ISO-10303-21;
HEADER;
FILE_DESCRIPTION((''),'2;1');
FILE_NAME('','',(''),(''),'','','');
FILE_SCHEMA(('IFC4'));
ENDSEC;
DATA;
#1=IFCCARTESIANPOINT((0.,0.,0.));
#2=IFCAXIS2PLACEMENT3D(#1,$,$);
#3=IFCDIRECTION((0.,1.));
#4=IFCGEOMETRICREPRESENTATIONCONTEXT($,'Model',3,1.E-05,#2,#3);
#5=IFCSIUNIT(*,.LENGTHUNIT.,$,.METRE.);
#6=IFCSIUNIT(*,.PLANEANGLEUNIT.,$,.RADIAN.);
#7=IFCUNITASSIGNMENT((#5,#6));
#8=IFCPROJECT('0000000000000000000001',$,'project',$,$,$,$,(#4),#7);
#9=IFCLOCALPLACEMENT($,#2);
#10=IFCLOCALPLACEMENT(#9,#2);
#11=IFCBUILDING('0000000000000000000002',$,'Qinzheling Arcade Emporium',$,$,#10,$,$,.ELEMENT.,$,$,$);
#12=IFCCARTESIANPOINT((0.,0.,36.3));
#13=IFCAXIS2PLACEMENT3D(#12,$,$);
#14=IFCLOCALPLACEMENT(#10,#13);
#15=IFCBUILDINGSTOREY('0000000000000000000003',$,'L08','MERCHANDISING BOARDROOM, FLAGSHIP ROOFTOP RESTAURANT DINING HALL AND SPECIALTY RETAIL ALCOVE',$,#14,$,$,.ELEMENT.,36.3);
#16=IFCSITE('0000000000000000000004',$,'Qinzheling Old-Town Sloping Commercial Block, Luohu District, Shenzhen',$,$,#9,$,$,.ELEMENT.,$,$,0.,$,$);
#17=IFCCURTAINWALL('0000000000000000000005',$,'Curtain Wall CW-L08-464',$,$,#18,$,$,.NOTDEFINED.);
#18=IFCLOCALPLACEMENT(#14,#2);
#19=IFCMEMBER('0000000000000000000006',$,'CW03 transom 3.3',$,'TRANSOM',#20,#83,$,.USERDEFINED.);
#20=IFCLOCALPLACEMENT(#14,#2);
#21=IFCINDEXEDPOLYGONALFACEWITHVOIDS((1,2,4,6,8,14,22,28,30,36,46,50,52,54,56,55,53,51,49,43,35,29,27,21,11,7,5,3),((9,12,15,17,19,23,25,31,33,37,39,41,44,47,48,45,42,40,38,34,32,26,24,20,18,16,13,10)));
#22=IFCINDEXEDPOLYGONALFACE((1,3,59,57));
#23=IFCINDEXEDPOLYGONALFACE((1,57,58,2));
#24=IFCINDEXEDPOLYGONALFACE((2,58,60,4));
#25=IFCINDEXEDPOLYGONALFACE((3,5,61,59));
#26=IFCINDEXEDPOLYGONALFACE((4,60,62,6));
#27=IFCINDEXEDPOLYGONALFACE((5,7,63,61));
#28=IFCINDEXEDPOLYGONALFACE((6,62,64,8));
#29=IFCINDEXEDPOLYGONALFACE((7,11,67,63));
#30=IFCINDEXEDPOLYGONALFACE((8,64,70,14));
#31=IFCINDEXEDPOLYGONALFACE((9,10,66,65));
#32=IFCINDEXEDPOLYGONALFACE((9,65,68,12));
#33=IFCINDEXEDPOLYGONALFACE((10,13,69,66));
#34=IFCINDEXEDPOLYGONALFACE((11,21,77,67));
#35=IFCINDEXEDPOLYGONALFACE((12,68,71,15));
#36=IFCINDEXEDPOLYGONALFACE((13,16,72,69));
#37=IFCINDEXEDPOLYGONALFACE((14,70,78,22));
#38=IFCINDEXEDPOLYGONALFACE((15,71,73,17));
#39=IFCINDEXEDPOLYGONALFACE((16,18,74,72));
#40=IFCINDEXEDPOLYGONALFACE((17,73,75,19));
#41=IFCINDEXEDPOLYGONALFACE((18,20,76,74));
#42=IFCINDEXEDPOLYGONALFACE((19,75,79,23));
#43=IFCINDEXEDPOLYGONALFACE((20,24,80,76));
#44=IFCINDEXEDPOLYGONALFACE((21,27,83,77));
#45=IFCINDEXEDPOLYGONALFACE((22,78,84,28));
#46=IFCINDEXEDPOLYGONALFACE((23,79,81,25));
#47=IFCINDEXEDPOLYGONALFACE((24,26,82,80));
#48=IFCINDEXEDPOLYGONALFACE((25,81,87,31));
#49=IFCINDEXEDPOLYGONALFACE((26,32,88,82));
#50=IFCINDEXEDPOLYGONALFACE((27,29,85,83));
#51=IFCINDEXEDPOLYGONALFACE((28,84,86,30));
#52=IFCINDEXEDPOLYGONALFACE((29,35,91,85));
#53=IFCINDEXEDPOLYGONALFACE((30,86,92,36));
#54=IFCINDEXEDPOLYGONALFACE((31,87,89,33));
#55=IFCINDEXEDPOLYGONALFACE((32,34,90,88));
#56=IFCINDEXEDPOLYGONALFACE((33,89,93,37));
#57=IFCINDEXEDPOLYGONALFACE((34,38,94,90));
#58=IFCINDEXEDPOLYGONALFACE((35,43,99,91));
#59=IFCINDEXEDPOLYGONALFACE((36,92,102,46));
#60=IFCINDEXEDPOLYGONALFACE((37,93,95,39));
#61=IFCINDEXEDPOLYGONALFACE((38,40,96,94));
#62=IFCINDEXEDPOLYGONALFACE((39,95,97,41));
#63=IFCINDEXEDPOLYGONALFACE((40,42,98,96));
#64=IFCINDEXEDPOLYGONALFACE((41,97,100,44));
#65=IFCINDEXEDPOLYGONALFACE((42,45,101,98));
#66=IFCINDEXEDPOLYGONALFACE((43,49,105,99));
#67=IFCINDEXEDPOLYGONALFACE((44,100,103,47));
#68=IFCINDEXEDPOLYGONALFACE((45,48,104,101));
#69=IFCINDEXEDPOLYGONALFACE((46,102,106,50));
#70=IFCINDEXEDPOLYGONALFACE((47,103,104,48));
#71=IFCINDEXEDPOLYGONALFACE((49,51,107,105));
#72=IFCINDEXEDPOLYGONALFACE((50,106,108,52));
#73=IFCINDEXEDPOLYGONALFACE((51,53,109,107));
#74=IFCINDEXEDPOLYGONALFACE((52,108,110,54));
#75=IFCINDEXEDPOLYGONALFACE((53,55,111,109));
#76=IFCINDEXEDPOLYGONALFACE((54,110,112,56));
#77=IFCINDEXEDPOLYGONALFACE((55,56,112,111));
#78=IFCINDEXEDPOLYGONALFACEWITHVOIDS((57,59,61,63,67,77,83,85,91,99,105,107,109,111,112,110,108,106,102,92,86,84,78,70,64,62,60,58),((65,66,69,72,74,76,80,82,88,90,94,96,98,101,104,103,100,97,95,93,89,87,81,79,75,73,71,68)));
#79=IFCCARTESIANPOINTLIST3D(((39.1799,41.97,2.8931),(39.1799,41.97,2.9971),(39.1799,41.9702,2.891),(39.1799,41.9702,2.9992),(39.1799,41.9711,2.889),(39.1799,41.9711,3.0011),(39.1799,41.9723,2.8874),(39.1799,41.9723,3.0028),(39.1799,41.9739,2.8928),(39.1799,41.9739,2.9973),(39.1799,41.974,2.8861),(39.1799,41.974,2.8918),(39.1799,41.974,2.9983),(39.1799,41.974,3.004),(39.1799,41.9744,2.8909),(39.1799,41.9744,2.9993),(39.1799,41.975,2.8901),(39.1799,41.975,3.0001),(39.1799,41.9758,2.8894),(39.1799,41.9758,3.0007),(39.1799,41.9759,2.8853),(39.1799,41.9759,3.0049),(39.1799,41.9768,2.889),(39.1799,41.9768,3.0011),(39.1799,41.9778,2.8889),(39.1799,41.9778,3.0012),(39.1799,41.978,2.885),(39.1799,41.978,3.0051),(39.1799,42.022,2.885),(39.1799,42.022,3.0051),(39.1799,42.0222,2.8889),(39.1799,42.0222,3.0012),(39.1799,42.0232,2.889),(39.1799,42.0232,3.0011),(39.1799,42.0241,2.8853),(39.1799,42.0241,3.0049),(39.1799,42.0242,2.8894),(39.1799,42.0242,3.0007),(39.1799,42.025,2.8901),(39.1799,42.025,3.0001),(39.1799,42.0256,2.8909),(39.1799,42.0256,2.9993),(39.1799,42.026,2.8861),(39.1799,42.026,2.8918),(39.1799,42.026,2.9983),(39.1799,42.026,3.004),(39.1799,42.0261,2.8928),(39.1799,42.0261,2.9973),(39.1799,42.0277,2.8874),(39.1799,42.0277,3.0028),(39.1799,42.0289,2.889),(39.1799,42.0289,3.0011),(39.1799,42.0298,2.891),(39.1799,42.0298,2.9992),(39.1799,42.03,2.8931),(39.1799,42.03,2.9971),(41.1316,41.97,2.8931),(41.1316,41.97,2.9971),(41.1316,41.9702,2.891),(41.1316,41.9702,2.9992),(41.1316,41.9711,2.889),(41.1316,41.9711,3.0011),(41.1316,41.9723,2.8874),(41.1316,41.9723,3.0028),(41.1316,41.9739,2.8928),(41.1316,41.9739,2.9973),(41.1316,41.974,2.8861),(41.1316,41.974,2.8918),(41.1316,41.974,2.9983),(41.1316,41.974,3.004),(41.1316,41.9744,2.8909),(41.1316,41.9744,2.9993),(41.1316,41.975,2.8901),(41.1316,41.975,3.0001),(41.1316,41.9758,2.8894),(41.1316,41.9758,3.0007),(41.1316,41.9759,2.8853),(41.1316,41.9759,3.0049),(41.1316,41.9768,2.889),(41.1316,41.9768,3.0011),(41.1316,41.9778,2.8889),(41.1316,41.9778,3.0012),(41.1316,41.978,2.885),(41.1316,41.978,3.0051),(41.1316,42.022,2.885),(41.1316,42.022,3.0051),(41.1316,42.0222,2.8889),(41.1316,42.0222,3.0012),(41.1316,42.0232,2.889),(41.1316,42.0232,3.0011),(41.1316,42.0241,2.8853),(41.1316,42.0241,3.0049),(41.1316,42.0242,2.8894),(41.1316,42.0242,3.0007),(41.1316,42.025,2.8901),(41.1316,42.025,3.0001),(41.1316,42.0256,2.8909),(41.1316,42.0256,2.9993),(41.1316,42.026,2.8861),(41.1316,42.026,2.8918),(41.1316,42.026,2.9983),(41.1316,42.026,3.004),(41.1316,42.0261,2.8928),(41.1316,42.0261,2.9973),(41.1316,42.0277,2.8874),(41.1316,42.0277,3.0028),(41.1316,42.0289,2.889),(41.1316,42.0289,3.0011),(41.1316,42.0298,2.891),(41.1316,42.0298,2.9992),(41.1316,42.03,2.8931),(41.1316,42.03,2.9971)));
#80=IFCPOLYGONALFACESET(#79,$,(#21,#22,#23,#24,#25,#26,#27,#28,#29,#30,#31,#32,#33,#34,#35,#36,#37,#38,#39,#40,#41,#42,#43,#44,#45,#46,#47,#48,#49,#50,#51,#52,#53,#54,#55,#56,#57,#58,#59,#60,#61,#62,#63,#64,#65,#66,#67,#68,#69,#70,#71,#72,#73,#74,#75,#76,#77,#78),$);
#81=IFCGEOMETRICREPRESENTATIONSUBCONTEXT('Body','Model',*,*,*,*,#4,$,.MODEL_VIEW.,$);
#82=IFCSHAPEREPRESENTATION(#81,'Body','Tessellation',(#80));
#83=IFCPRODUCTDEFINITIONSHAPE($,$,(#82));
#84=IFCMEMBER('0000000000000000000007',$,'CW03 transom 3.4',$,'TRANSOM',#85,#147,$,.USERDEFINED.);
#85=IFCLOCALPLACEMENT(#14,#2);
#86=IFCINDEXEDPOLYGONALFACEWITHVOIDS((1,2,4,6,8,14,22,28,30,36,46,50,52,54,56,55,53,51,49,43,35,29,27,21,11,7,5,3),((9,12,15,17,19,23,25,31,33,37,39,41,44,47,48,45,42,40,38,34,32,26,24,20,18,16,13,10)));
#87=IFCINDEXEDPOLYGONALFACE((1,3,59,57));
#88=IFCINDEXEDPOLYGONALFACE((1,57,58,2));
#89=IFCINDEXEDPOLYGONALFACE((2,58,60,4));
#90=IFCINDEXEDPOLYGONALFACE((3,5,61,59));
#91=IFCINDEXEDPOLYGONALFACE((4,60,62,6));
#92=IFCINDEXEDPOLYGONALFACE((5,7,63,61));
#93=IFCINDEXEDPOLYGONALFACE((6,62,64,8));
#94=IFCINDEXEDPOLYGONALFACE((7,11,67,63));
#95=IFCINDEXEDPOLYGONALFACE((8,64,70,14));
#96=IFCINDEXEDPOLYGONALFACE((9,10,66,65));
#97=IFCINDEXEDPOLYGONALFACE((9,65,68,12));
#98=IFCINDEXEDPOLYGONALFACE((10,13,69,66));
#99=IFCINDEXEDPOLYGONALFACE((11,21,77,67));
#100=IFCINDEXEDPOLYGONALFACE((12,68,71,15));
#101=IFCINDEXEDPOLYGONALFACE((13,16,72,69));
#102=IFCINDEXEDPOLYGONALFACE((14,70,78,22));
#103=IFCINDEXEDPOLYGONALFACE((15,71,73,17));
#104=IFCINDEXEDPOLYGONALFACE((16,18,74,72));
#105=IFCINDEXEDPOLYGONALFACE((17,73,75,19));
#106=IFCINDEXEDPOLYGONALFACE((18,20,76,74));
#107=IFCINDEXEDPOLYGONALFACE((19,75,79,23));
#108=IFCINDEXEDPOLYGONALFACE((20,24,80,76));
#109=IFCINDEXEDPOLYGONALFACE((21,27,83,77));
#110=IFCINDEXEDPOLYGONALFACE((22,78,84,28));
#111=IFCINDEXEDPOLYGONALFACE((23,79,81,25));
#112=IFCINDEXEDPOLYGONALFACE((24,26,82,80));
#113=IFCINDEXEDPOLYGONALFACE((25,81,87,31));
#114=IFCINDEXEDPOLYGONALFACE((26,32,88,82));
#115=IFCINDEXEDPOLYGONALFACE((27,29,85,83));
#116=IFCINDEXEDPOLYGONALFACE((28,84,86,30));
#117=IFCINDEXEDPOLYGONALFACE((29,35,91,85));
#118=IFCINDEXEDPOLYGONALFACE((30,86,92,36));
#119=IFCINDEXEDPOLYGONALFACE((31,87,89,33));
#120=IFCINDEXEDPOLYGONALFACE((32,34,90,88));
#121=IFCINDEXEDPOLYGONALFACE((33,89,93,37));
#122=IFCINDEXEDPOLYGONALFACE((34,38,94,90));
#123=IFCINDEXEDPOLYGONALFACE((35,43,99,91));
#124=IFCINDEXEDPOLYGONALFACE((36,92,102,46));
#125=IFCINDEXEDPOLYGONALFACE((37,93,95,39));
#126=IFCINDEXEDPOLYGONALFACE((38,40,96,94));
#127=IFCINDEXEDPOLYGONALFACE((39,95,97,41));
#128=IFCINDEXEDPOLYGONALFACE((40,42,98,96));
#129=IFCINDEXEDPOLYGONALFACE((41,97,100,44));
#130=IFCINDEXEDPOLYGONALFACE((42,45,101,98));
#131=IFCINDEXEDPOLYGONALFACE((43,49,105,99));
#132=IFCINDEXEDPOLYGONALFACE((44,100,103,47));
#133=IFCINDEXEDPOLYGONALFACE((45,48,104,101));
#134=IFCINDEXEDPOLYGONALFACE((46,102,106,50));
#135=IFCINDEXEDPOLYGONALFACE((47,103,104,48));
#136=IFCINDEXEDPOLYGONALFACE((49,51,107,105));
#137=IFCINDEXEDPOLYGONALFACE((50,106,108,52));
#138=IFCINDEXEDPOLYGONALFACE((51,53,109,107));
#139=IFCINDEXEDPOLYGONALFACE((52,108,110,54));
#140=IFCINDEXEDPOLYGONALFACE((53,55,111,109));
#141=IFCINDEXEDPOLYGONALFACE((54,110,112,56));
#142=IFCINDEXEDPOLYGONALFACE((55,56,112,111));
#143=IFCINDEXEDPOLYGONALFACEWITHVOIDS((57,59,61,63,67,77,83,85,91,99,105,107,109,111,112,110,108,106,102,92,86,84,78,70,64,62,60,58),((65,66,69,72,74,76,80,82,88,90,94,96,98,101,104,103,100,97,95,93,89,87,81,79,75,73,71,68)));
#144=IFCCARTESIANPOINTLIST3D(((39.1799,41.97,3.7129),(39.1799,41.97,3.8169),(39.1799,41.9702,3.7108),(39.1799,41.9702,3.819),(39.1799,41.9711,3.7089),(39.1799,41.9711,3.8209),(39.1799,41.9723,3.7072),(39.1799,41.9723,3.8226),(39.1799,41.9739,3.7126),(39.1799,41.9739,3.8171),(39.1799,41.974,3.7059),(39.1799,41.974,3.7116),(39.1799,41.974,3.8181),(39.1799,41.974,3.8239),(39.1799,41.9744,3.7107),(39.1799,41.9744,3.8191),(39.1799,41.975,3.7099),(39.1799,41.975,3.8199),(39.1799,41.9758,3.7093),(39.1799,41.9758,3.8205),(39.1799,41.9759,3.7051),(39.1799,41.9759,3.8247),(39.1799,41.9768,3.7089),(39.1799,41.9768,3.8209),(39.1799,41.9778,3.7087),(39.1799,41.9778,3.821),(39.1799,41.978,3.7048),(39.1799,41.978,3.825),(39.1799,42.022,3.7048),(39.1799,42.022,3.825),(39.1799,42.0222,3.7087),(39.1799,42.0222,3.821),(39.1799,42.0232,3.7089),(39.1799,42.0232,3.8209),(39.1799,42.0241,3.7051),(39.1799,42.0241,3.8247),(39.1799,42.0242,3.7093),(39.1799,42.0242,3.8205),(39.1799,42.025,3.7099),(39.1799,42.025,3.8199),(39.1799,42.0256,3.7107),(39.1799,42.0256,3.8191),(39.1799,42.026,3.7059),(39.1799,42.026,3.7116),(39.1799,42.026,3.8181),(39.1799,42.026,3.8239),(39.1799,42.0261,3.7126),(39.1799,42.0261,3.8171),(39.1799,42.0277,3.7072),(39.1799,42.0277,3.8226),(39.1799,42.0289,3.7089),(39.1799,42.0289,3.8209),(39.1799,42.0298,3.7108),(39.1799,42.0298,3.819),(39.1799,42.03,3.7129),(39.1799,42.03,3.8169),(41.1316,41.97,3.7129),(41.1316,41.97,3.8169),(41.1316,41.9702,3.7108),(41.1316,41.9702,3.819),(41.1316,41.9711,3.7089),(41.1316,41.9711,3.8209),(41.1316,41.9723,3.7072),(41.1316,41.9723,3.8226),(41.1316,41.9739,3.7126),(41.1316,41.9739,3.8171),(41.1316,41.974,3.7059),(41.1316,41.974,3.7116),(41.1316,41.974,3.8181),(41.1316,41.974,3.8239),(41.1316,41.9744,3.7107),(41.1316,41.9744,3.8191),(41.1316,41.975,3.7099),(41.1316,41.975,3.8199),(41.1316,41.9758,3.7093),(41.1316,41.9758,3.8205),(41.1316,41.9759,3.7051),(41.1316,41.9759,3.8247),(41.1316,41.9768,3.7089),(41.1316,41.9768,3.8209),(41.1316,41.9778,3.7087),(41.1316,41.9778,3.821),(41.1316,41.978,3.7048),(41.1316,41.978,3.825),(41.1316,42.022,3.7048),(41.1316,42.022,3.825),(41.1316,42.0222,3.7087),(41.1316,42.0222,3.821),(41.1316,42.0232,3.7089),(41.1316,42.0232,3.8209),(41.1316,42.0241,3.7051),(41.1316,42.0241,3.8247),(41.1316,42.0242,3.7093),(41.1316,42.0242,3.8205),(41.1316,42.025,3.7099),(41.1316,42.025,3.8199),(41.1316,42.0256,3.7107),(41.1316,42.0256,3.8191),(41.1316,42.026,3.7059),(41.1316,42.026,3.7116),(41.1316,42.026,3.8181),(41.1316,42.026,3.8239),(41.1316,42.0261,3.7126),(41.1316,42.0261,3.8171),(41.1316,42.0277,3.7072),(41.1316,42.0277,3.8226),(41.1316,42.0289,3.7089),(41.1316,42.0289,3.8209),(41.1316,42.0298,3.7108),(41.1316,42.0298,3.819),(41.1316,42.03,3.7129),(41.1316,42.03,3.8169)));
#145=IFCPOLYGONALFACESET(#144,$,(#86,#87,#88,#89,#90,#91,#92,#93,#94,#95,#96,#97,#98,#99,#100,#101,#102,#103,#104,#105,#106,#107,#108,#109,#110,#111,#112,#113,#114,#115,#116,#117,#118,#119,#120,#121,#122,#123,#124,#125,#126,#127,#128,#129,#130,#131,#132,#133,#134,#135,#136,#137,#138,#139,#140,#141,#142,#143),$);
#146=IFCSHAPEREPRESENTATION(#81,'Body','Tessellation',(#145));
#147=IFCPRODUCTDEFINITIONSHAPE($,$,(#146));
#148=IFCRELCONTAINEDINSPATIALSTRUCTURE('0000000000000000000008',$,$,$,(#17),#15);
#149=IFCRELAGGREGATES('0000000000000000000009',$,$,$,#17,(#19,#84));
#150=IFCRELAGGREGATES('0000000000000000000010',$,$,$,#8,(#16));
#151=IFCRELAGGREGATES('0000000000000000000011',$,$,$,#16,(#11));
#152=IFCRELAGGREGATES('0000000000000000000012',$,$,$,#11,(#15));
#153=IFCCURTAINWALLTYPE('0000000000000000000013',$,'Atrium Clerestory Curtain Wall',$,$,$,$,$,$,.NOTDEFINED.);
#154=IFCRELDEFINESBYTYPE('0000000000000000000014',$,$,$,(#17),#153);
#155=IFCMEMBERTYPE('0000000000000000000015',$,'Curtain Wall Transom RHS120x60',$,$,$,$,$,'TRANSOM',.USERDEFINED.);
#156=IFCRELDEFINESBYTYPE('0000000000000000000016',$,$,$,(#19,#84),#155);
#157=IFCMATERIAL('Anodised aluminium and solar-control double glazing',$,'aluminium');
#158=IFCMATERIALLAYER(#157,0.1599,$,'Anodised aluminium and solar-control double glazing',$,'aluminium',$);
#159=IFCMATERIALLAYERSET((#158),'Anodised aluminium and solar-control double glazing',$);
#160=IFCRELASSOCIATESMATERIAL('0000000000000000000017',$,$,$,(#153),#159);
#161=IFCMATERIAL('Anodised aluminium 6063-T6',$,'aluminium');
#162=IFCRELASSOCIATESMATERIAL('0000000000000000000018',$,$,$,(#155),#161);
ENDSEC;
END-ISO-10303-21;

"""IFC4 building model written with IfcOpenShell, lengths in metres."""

from ifc_helpers import new_model, si_unit, direction, frame, origin, origin_2d, place, context, subcontext, project, spatial, hollow_rectangle, extrude, material, layer, layer_set, material_profile, profile_set, type_object, element, aggregate, save


model = new_model("IFC4")

# Units and contexts
model_context = context("Model", 3, precision=1e-05, world=origin(), true_north=direction((0.0, 1.0)))
body_context = subcontext(model_context, "Body", "Model", "MODEL_VIEW")
ifc_project = project(units=[si_unit("LENGTHUNIT", "METRE"), si_unit("PLANEANGLEUNIT", "RADIAN")], contexts=[model_context])

# Site, building, storey
site_placement = place(None, origin())
site = spatial("IfcSite", under=ifc_project, at=site_placement, Name="Qinzheling Old-Town Sloping Commercial Block, Luohu District, Shenzhen", CompositionType="ELEMENT", RefElevation=0.0)
building_placement = place(site_placement, origin())
building = spatial("IfcBuilding", under=site, at=building_placement, Name="Qinzheling Arcade Emporium", CompositionType="ELEMENT")
storey_placement = place(building_placement, frame((0.0, 0.0, 36.3)))
storey = spatial("IfcBuildingStorey", under=building, at=storey_placement, Name="L08", Description="MERCHANDISING BOARDROOM, FLAGSHIP ROOFTOP RESTAURANT DINING HALL AND SPECIALTY RETAIL ALCOVE", CompositionType="ELEMENT", Elevation=36.3)

# Curtain wall
ifc_material_1 = material(Name="Anodised aluminium and solar-control double glazing", Category="aluminium")
ifc_layer_1 = layer(ifc_material_1, 0.1599, Name="Anodised aluminium and solar-control double glazing", Category="aluminium")
ifc_layer_set_1 = layer_set([ifc_layer_1], Name="Anodised aluminium and solar-control double glazing")
curtain_wall_type = type_object("IfcCurtainWallType", Name="Atrium Clerestory Curtain Wall", PredefinedType="NOTDEFINED", material=ifc_layer_set_1)
curtain_wall_1_placement = place(storey_placement, origin())
curtain_wall_1 = element("IfcCurtainWall", 1, at=curtain_wall_1_placement, inside=storey, type_object=curtain_wall_type, Name="Curtain Wall CW-L08-464", PredefinedType="NOTDEFINED")
ifc_material_2 = material(Name="Anodised aluminium 6063-T6", Category="aluminium")

# Members
ifc_material_profile_1 = material_profile(ifc_material_2, hollow_rectangle(XDim=0.0601, YDim=0.1201, WallThickness=0.0039, InnerFilletRadius=0.0039, OuterFilletRadius=0.0081, at=origin_2d()), Name="RHS 120x60x4", Category="aluminium")
ifc_profile_set_1 = profile_set([ifc_material_profile_1], Name="Anodised aluminium 6063-T6")
member_type_1 = type_object("IfcMemberType", Name="Curtain Wall Transom RHS120x60", ElementType="TRANSOM", PredefinedType="USERDEFINED", material=ifc_profile_set_1)
member_1_placement = place(storey_placement, frame((39.1799, 42.0, 2.9451), z_axis=(1.0, 0.0, 0.0), x_axis=(0.0, 1.0, 0.0)))
member_1 = element("IfcMember", 2, at=member_1_placement, type_object=member_type_1, Name="CW03 transom 3.3", ObjectType="TRANSOM", PredefinedType="USERDEFINED", context=body_context, shape_type="SweptSolid", body=[
    extrude(hollow_rectangle(XDim=0.0601, YDim=0.1201, WallThickness=0.0039, InnerFilletRadius=0.0039, OuterFilletRadius=0.0081, at=origin_2d()), origin(), (0.0, 0.0, 1.0), 1.9517),
])
member_2_placement = place(storey_placement, frame((39.1799, 42.0, 3.7649), z_axis=(1.0, 0.0, 0.0), x_axis=(0.0, 1.0, 0.0)))
member_2 = element("IfcMember", 3, at=member_2_placement, type_object=member_type_1, Name="CW03 transom 3.4", ObjectType="TRANSOM", PredefinedType="USERDEFINED", context=body_context, shape_type="SweptSolid", body=[
    extrude(hollow_rectangle(XDim=0.0601, YDim=0.1201, WallThickness=0.0039, InnerFilletRadius=0.0039, OuterFilletRadius=0.0081, at=origin_2d()), origin(), (0.0, 0.0, 1.0), 1.9517),
])

aggregate(curtain_wall_1, [member_1, member_2])

save(model, "model.ifc")
